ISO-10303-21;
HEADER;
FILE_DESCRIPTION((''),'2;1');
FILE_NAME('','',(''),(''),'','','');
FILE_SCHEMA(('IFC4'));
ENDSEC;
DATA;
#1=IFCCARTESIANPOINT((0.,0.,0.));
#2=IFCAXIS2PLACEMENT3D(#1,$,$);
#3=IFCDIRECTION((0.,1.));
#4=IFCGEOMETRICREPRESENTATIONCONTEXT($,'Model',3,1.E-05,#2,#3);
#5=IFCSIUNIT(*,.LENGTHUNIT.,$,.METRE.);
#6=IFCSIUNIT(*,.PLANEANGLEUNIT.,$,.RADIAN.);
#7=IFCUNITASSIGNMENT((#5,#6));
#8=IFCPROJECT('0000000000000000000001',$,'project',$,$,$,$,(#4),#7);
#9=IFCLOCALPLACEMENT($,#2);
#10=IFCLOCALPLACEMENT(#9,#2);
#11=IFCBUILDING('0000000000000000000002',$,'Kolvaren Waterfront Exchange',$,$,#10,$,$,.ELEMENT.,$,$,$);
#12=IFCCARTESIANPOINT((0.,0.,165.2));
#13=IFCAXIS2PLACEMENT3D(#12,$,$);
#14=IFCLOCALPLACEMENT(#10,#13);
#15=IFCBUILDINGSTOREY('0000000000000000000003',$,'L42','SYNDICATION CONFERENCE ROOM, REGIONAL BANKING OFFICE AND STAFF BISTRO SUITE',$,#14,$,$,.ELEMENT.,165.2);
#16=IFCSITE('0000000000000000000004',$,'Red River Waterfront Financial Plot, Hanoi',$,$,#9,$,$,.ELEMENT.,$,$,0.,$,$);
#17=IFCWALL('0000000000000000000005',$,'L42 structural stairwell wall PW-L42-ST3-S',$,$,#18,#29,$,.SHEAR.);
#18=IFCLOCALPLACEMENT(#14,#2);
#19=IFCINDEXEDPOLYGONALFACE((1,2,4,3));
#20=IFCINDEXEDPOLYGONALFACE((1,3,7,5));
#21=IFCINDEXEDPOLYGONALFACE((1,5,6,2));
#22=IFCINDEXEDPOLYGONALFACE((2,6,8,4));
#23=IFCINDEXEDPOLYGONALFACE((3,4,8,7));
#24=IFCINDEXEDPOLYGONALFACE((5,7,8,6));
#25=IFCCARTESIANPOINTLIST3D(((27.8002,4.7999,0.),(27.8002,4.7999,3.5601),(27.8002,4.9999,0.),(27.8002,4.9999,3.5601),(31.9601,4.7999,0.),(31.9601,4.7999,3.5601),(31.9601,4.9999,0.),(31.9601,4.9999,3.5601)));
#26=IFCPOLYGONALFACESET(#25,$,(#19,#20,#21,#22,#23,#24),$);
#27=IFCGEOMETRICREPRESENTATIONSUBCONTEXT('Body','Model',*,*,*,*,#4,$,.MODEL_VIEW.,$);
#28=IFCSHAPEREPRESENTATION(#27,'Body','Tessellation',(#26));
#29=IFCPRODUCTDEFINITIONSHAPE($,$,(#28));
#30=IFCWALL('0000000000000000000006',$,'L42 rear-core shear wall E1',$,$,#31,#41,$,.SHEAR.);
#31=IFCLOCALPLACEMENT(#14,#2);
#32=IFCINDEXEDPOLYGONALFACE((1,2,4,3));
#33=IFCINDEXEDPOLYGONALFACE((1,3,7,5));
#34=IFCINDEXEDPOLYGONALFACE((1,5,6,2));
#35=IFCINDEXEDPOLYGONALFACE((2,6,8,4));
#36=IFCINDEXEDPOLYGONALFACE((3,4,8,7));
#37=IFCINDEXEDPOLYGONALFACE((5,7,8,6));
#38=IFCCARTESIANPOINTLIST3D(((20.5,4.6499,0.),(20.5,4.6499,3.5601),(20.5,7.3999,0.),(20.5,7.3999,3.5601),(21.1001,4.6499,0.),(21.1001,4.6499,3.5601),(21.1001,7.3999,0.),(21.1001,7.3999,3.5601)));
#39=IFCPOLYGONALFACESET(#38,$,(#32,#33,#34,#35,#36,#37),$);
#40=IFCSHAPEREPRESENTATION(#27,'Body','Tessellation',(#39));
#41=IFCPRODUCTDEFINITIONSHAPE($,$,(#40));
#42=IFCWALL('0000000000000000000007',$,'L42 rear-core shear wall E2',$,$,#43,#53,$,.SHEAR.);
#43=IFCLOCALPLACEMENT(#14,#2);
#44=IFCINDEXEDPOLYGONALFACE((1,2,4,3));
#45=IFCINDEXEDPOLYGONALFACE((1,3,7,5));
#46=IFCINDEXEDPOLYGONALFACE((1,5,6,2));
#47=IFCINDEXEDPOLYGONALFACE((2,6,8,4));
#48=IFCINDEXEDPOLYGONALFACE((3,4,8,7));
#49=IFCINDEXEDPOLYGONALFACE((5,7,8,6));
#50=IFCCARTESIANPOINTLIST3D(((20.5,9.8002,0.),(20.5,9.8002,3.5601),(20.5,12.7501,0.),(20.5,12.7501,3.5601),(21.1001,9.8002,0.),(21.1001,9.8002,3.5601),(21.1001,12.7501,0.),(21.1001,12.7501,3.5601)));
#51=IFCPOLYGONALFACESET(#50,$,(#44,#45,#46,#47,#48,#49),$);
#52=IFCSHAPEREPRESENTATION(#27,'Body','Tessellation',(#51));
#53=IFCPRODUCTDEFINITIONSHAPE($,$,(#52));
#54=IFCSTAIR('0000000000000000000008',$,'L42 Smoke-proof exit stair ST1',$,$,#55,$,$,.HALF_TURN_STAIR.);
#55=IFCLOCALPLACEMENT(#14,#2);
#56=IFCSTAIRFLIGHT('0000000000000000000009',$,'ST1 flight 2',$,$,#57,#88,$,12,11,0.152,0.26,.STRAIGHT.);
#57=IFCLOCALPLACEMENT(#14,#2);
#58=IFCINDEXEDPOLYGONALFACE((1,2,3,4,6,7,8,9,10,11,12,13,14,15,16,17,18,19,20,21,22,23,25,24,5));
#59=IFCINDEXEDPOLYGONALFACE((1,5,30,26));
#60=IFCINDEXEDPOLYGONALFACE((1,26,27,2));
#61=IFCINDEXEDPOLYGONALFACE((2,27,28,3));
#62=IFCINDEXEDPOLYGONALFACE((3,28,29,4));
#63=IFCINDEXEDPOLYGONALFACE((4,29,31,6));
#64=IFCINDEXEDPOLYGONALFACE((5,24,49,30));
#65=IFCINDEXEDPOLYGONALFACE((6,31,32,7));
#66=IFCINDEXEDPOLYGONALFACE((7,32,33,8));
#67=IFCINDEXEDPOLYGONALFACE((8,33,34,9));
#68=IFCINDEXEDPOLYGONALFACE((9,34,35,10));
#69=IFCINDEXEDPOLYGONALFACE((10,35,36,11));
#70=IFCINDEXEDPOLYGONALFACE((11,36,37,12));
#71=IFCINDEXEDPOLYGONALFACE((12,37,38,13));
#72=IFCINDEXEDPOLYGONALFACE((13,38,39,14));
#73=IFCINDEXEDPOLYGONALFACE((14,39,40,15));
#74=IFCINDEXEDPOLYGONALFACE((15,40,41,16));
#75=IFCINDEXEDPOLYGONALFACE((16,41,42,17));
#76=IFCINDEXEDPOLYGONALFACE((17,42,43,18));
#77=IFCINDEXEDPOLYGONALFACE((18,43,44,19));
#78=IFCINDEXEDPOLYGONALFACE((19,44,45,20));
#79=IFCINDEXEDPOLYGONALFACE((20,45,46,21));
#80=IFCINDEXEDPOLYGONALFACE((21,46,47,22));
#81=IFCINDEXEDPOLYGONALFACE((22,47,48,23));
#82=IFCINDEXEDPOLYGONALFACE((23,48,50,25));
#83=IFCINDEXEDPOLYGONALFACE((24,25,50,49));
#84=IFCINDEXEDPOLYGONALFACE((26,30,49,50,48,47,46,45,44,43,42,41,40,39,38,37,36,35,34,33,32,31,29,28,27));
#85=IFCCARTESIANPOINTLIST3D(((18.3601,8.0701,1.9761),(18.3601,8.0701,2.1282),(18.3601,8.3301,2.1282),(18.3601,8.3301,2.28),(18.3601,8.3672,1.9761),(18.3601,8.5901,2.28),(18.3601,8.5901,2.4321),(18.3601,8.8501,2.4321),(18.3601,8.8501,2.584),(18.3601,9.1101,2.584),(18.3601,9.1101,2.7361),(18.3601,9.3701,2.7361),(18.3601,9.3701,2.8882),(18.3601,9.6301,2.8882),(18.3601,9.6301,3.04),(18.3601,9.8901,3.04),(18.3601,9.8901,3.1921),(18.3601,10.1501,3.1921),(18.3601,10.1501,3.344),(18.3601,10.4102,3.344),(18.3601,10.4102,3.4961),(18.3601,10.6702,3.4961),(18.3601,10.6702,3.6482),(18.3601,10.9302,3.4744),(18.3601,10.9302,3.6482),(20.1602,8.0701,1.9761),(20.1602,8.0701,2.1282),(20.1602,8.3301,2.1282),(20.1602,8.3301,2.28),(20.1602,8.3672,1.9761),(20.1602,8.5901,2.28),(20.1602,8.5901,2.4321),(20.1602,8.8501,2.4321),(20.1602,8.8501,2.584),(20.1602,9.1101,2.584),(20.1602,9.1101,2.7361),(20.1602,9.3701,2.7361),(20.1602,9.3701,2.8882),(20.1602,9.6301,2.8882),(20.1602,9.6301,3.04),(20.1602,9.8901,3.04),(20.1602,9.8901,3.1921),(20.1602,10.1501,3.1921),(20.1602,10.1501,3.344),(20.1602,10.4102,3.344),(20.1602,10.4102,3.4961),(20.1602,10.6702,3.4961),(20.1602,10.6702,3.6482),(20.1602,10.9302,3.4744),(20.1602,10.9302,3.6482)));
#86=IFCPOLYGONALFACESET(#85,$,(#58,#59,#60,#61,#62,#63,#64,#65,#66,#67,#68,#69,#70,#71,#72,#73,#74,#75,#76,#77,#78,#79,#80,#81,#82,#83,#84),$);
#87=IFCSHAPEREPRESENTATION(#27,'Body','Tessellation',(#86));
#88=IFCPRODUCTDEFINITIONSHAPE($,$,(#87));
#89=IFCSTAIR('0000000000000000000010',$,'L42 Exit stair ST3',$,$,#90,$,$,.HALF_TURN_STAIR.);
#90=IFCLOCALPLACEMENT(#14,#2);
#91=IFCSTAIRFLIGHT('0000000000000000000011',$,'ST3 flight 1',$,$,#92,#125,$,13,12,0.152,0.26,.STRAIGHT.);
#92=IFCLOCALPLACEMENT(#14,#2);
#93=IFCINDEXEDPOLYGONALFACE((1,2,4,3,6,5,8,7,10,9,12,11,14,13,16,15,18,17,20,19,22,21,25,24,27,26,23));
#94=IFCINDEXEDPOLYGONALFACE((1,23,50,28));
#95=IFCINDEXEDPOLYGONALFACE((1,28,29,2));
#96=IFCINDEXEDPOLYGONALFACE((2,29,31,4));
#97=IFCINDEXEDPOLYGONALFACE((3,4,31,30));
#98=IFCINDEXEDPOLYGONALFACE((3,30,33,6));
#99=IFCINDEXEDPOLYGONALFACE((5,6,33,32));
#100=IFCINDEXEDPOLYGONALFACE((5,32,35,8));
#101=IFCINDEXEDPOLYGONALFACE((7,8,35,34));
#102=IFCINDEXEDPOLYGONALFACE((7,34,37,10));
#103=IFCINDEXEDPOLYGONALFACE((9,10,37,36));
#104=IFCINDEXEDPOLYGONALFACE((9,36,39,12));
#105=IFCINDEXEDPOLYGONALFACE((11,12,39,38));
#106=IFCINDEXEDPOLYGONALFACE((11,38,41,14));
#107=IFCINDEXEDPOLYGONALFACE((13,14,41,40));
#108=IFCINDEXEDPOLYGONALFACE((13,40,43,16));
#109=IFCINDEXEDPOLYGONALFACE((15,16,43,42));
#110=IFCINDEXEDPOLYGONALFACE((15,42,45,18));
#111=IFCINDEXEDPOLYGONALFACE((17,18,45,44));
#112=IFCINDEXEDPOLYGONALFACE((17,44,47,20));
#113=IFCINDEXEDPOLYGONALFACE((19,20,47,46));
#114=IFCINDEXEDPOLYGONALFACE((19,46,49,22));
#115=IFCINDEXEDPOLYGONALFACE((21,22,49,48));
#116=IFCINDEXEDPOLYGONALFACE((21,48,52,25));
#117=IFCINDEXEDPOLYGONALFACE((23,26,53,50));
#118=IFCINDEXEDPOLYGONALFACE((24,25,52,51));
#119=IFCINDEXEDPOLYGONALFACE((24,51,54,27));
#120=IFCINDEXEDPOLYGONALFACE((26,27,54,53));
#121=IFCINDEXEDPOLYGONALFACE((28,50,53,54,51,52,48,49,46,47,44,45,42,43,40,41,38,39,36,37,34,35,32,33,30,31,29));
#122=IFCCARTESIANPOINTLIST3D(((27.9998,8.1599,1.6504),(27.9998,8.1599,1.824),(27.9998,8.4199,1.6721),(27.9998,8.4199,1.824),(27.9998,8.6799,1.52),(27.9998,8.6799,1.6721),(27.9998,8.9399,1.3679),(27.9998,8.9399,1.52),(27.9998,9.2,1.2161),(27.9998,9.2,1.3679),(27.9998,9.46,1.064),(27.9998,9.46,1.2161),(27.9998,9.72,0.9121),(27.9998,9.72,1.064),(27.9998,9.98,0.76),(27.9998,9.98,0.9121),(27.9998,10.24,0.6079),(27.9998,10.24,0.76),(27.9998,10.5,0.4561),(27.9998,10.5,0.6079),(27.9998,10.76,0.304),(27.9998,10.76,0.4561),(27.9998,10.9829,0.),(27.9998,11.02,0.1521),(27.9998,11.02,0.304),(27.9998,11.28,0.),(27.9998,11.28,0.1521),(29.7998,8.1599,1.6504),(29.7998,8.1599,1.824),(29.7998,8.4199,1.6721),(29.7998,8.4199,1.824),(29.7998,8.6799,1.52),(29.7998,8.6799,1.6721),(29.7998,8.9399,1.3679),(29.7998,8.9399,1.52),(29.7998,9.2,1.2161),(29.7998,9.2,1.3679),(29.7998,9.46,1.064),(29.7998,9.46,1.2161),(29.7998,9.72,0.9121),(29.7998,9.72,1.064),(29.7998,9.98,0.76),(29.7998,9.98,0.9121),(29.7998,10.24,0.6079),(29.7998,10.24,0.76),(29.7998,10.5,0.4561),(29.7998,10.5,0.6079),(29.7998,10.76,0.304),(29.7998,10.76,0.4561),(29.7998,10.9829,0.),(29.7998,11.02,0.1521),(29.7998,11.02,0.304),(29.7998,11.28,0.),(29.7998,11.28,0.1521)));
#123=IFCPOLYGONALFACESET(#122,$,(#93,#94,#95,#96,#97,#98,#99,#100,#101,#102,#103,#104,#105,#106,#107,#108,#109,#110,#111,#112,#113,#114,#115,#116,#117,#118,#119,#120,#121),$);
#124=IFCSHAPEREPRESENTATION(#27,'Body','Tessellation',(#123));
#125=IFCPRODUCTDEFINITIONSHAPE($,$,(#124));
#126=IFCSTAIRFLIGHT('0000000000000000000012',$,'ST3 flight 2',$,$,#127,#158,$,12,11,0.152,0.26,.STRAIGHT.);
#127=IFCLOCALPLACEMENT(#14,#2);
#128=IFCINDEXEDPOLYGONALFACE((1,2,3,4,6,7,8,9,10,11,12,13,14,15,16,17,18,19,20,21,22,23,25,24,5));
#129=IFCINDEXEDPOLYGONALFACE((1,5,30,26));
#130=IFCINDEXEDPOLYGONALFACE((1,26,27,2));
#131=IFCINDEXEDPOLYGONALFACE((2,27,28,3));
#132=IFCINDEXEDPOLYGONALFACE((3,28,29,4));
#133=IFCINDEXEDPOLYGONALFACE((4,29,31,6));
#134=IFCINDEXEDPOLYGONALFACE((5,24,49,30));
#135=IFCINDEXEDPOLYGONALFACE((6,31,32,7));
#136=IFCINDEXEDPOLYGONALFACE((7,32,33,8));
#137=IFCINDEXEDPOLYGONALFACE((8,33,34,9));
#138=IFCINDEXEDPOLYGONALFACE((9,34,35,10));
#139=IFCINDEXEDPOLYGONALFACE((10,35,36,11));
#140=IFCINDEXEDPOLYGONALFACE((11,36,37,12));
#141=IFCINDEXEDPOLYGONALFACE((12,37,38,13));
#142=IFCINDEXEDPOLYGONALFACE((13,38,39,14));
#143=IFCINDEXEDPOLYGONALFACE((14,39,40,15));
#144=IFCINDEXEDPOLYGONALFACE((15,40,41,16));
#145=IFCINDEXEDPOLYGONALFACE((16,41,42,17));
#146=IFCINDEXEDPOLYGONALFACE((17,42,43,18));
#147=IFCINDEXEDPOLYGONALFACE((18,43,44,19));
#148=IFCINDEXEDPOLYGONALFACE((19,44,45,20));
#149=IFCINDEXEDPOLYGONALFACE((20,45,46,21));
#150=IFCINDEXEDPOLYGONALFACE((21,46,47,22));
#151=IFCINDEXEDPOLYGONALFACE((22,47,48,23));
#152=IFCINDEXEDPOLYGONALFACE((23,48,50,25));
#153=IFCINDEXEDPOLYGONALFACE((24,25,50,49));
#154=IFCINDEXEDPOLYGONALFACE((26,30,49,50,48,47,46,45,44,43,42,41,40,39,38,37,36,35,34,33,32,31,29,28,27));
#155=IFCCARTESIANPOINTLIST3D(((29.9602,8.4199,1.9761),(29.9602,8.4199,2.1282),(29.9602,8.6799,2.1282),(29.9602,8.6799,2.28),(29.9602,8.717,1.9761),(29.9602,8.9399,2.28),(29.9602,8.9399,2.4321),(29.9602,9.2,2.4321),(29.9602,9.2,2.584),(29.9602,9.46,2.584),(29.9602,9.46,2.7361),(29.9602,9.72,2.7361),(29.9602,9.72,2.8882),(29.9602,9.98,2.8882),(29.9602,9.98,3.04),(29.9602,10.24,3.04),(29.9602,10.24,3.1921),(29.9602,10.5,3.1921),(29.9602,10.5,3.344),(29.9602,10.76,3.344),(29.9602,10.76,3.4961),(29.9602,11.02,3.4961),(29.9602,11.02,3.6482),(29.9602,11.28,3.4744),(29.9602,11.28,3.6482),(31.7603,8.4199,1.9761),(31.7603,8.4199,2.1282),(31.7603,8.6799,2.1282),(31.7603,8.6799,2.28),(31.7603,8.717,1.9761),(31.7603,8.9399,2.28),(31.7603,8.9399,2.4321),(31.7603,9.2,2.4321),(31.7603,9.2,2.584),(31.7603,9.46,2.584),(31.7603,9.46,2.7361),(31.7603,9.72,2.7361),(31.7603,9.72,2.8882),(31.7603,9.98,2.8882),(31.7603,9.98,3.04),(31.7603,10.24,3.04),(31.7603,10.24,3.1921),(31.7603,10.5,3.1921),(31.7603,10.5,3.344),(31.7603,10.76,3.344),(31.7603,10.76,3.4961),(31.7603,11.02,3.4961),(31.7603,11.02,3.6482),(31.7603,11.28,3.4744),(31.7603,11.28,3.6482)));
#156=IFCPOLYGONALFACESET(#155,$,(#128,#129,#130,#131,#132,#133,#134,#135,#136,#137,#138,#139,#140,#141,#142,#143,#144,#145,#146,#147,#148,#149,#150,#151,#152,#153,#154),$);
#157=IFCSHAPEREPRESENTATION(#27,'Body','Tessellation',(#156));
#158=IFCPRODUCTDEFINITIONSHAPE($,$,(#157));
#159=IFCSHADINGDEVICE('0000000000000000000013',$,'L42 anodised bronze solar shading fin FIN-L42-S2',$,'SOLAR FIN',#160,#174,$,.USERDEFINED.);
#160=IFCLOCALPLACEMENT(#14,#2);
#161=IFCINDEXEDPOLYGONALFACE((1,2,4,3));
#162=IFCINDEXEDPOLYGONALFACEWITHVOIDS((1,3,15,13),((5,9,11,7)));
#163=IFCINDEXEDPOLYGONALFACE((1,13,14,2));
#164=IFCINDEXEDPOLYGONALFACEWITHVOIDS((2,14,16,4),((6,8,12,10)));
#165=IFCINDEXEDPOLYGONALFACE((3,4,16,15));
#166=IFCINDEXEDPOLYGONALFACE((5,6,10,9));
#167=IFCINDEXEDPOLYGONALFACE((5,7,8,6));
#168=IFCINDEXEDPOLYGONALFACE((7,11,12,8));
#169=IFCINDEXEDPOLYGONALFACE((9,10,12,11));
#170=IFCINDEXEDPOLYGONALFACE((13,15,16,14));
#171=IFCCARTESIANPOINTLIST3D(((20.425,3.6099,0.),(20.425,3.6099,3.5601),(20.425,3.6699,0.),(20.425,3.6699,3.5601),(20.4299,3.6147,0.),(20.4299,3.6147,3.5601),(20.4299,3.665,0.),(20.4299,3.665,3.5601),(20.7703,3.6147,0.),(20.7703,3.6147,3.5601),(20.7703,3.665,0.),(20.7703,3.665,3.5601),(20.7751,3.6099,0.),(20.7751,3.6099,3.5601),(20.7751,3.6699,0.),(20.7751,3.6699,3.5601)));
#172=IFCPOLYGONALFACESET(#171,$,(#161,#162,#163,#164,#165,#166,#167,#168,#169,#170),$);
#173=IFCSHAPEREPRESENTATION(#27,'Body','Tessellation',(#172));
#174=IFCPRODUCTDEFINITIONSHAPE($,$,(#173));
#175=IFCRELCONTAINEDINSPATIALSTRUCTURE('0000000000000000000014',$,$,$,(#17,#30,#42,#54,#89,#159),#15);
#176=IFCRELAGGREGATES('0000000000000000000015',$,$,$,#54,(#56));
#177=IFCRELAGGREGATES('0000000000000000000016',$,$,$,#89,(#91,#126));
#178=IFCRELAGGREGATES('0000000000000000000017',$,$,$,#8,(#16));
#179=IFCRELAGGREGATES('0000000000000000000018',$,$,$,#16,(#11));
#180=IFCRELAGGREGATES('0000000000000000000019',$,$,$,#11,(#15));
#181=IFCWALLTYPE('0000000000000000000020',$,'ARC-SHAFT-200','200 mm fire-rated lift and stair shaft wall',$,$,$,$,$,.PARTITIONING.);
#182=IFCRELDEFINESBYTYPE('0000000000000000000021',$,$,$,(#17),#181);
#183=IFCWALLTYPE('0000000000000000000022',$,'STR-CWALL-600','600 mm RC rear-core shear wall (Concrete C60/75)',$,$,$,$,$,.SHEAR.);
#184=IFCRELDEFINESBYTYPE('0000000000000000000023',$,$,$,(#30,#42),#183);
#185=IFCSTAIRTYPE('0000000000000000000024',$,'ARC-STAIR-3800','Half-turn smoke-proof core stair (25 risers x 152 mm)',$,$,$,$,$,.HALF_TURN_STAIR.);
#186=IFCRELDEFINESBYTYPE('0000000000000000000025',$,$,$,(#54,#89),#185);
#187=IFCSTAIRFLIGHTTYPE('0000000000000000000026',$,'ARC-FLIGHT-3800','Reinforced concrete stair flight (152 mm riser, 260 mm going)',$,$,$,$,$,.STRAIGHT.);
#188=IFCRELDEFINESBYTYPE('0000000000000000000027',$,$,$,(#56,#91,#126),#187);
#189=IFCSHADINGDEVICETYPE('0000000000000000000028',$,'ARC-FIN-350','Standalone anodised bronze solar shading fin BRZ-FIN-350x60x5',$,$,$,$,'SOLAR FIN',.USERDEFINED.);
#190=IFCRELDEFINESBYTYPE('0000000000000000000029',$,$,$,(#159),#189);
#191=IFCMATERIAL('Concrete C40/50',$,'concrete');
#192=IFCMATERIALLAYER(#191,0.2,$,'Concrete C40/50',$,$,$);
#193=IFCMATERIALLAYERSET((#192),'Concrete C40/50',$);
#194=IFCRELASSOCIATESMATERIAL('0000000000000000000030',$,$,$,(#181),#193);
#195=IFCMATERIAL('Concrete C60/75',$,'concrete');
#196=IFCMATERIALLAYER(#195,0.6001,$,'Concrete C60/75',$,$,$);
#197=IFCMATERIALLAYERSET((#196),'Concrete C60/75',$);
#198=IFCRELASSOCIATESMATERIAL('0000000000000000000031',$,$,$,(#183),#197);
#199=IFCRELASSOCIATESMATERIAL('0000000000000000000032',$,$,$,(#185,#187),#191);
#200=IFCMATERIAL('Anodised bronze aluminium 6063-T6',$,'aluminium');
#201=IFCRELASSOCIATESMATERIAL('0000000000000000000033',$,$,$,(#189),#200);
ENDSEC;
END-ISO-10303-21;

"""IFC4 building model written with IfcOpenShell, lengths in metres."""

from ifc_helpers import new_model, si_unit, direction, frame, frame_2d, origin, origin_2d, place, context, subcontext, project, spatial, polyline, rectangle, hollow_rectangle, outline, extrude, material, layer, layer_set, material_profile, profile_set, type_object, element, aggregate, save


model = new_model("IFC4")

# Units and contexts
model_context = context("Model", 3, precision=1e-05, world=origin(), true_north=direction((0.0, 1.0)))
body_context = subcontext(model_context, "Body", "Model", "MODEL_VIEW")
ifc_project = project(units=[si_unit("LENGTHUNIT", "METRE"), si_unit("PLANEANGLEUNIT", "RADIAN")], contexts=[model_context])

# Site, building, storey
site_placement = place(None, origin())
site = spatial("IfcSite", under=ifc_project, at=site_placement, Name="Red River Waterfront Financial Plot, Hanoi", CompositionType="ELEMENT", RefElevation=0.0)
building_placement = place(site_placement, origin())
building = spatial("IfcBuilding", under=site, at=building_placement, Name="Kolvaren Waterfront Exchange", CompositionType="ELEMENT")
storey_placement = place(building_placement, frame((0.0, 0.0, 165.2)))
storey = spatial("IfcBuildingStorey", under=building, at=storey_placement, Name="L42", Description="SYNDICATION CONFERENCE ROOM, REGIONAL BANKING OFFICE AND STAFF BISTRO SUITE", CompositionType="ELEMENT", Elevation=165.2)

# Shared definitions
ifc_material_1 = material(Name="Concrete C60/75", Category="concrete")

# Shared definitions
ifc_material_2 = material(Name="Anodised bronze aluminium 6063-T6", Category="aluminium")

# Walls
ifc_material_3 = material(Name="Concrete C40/50", Category="concrete")
ifc_layer_1 = layer(ifc_material_3, 0.2, Name="Concrete C40/50")
ifc_layer_set_1 = layer_set([ifc_layer_1], Name="Concrete C40/50")
wall_type_1 = type_object("IfcWallType", Name="ARC-SHAFT-200", Description="200 mm fire-rated lift and stair shaft wall", PredefinedType="PARTITIONING", material=ifc_layer_set_1)
wall_1_placement = place(storey_placement, frame((27.8, 4.8999, 0.0), z_axis=(0.0, 0.0, 1.0), x_axis=(1.0, 0.0, 0.0)))
element("IfcWall", 1, at=wall_1_placement, inside=storey, type_object=wall_type_1, Name="L42 structural stairwell wall PW-L42-ST3-S", PredefinedType="SHEAR", context=body_context, shape_type="SweptSolid", body=[
    extrude(rectangle(XDim=4.1599, YDim=0.2, at=frame_2d((2.0801, 0.0))), origin(), (0.0, 0.0, 1.0), 3.5601),
])
ifc_layer_2 = layer(ifc_material_1, 0.6001, Name="Concrete C60/75")
ifc_layer_set_2 = layer_set([ifc_layer_2], Name="Concrete C60/75")
wall_type_2 = type_object("IfcWallType", Name="STR-CWALL-600", Description="600 mm RC rear-core shear wall (Concrete C60/75)", PredefinedType="SHEAR", material=ifc_layer_set_2)
wall_2_placement = place(storey_placement, frame((20.8, 4.6499, 0.0), z_axis=(0.0, 0.0, 1.0), x_axis=(0.0, 1.0, 0.0)))
element("IfcWall", 2, at=wall_2_placement, inside=storey, type_object=wall_type_2, Name="L42 rear-core shear wall E1", PredefinedType="SHEAR", context=body_context, shape_type="SweptSolid", body=[
    extrude(rectangle(XDim=2.75, YDim=0.6001, at=frame_2d((1.375, 0.0))), origin(), (0.0, 0.0, 1.0), 3.5601),
])
wall_3_placement = place(storey_placement, frame((20.8, 9.8, 0.0), z_axis=(0.0, 0.0, 1.0), x_axis=(0.0, 1.0, 0.0)))
element("IfcWall", 3, at=wall_3_placement, inside=storey, type_object=wall_type_2, Name="L42 rear-core shear wall E2", PredefinedType="SHEAR", context=body_context, shape_type="SweptSolid", body=[
    extrude(rectangle(XDim=2.95, YDim=0.6001, at=frame_2d((1.4751, 0.0))), origin(), (0.0, 0.0, 1.0), 3.5601),
])

# Stair, stair flight
stair_type = type_object("IfcStairType", Name="ARC-STAIR-3800", Description="Half-turn smoke-proof core stair (25 risers x 152 mm)", PredefinedType="HALF_TURN_STAIR", material=ifc_material_3)
stair_1_placement = place(storey_placement, origin())
stair_1 = element("IfcStair", 4, at=stair_1_placement, inside=storey, type_object=stair_type, Name="L42 Smoke-proof exit stair ST1", PredefinedType="HALF_TURN_STAIR")
stair_flight_type = type_object("IfcStairFlightType", Name="ARC-FLIGHT-3800", Description="Reinforced concrete stair flight (152 mm riser, 260 mm going)", PredefinedType="STRAIGHT", material=ifc_material_3)
stair_flight_1_placement = place(storey_placement, frame((19.26, 8.0701, 1.9761), z_axis=(0.0, 0.0, 1.0), x_axis=(0.0, 1.0, 0.0)))
stair_flight_1 = element("IfcStairFlight", 5, at=stair_flight_1_placement, type_object=stair_flight_type, Name="ST1 flight 2", NumberOfRisers=12, NumberOfTreads=11, PredefinedType="STRAIGHT", RiserHeight=0.152, TreadLength=0.26, context=body_context, shape_type="SweptSolid", body=[
    extrude(outline(polyline([(0.0, 0.0), (0.0, 0.1521), (0.26, 0.1521), (0.26, 0.304), (0.52, 0.304), (0.52, 0.4561), (0.78, 0.4561), (0.78, 0.6079), (1.04, 0.6079), (1.04, 0.76), (1.3, 0.76), (1.3, 0.9121), (1.5601, 0.9121), (1.5601, 1.064), (1.8201, 1.064), (1.8201, 1.2161), (2.0801, 1.2161), (2.0801, 1.3679), (2.3401, 1.3679), (2.3401, 1.52), (2.6001, 1.52), (2.6001, 1.6721), (2.8601, 1.6721), (2.8601, 1.824), (2.8601, 1.4983), (0.2971, 0.0), (0.0, 0.0)])), frame((0.0, 0.8999, 0.0), z_axis=(0.0, -1.0, 0.0), x_axis=(1.0, 0.0, 0.0)), (0.0, 0.0, 1.0), 1.8),
])
aggregate(stair_1, [stair_flight_1])

# Stair, stair flights
stair_2_placement = place(storey_placement, origin())
stair_2 = element("IfcStair", 6, at=stair_2_placement, inside=storey, type_object=stair_type, Name="L42 Exit stair ST3", PredefinedType="HALF_TURN_STAIR")
stair_flight_2_placement = place(storey_placement, frame((28.8999, 11.28, 0.0), z_axis=(0.0, 0.0, 1.0), x_axis=(0.0, -1.0, 0.0)))
stair_flight_2 = element("IfcStairFlight", 7, at=stair_flight_2_placement, type_object=stair_flight_type, Name="ST3 flight 1", NumberOfRisers=13, NumberOfTreads=12, PredefinedType="STRAIGHT", RiserHeight=0.152, TreadLength=0.26, context=body_context, shape_type="SweptSolid", body=[
    extrude(outline(polyline([(0.0, 0.0), (0.0, 0.1521), (0.26, 0.1521), (0.26, 0.304), (0.52, 0.304), (0.52, 0.4561), (0.78, 0.4561), (0.78, 0.6079), (1.04, 0.6079), (1.04, 0.76), (1.3, 0.76), (1.3, 0.9121), (1.5601, 0.9121), (1.5601, 1.064), (1.8201, 1.064), (1.8201, 1.2161), (2.0801, 1.2161), (2.0801, 1.3679), (2.3401, 1.3679), (2.3401, 1.52), (2.6001, 1.52), (2.6001, 1.6721), (2.8601, 1.6721), (2.8601, 1.824), (3.1201, 1.824), (3.1201, 1.9761), (3.1201, 1.6504), (0.2971, 0.0), (0.0, 0.0)])), frame((0.0, 0.8999, 0.0), z_axis=(0.0, -1.0, 0.0), x_axis=(1.0, 0.0, 0.0)), (0.0, 0.0, 1.0), 1.8),
])
stair_flight_3_placement = place(storey_placement, frame((30.8601, 8.4199, 1.9761), z_axis=(0.0, 0.0, 1.0), x_axis=(0.0, 1.0, 0.0)))
stair_flight_3 = element("IfcStairFlight", 8, at=stair_flight_3_placement, type_object=stair_flight_type, Name="ST3 flight 2", NumberOfRisers=12, NumberOfTreads=11, PredefinedType="STRAIGHT", RiserHeight=0.152, TreadLength=0.26, context=body_context, shape_type="SweptSolid", body=[
    extrude(outline(polyline([(0.0, 0.0), (0.0, 0.1521), (0.26, 0.1521), (0.26, 0.304), (0.52, 0.304), (0.52, 0.4561), (0.78, 0.4561), (0.78, 0.6079), (1.04, 0.6079), (1.04, 0.76), (1.3, 0.76), (1.3, 0.9121), (1.5601, 0.9121), (1.5601, 1.064), (1.8201, 1.064), (1.8201, 1.2161), (2.0801, 1.2161), (2.0801, 1.3679), (2.3401, 1.3679), (2.3401, 1.52), (2.6001, 1.52), (2.6001, 1.6721), (2.8601, 1.6721), (2.8601, 1.824), (2.8601, 1.4983), (0.2971, 0.0), (0.0, 0.0)])), frame((0.0, 0.8999, 0.0), z_axis=(0.0, -1.0, 0.0), x_axis=(1.0, 0.0, 0.0)), (0.0, 0.0, 1.0), 1.8),
])
aggregate(stair_2, [stair_flight_2, stair_flight_3])

# Shading device
ifc_material_profile_1 = material_profile(ifc_material_2, hollow_rectangle(XDim=0.0601, YDim=0.3501, WallThickness=0.0049, at=origin_2d()), Name="BRZ-FIN-350x60x5")
ifc_profile_set_1 = profile_set([ifc_material_profile_1], Name="Anodised bronze aluminium 6063-T6")
shading_device_type = type_object("IfcShadingDeviceType", Name="ARC-FIN-350", Description="Standalone anodised bronze solar shading fin BRZ-FIN-350x60x5", ElementType="SOLAR FIN", PredefinedType="USERDEFINED", material=ifc_profile_set_1)
for number, where, z_axis, x_axis, name in (
    (9, (20.6001, 3.6399, 0.0), (0.0, 0.0, 1.0), (0.0, -1.0, 0.0), "L42 anodised bronze solar shading fin FIN-L42-S2"),
):
    element("IfcShadingDevice", number, at=place(storey_placement, frame(where, z_axis=z_axis, x_axis=x_axis)), inside=storey, type_object=shading_device_type, Name=name, ObjectType="SOLAR FIN", PredefinedType="USERDEFINED", context=body_context, shape_type="SweptSolid", body=[
        extrude(hollow_rectangle(XDim=0.0601, YDim=0.3501, WallThickness=0.0049, at=origin_2d()), origin(), (0.0, 0.0, 1.0), 3.5601),
    ])

save(model, "model.ifc")
